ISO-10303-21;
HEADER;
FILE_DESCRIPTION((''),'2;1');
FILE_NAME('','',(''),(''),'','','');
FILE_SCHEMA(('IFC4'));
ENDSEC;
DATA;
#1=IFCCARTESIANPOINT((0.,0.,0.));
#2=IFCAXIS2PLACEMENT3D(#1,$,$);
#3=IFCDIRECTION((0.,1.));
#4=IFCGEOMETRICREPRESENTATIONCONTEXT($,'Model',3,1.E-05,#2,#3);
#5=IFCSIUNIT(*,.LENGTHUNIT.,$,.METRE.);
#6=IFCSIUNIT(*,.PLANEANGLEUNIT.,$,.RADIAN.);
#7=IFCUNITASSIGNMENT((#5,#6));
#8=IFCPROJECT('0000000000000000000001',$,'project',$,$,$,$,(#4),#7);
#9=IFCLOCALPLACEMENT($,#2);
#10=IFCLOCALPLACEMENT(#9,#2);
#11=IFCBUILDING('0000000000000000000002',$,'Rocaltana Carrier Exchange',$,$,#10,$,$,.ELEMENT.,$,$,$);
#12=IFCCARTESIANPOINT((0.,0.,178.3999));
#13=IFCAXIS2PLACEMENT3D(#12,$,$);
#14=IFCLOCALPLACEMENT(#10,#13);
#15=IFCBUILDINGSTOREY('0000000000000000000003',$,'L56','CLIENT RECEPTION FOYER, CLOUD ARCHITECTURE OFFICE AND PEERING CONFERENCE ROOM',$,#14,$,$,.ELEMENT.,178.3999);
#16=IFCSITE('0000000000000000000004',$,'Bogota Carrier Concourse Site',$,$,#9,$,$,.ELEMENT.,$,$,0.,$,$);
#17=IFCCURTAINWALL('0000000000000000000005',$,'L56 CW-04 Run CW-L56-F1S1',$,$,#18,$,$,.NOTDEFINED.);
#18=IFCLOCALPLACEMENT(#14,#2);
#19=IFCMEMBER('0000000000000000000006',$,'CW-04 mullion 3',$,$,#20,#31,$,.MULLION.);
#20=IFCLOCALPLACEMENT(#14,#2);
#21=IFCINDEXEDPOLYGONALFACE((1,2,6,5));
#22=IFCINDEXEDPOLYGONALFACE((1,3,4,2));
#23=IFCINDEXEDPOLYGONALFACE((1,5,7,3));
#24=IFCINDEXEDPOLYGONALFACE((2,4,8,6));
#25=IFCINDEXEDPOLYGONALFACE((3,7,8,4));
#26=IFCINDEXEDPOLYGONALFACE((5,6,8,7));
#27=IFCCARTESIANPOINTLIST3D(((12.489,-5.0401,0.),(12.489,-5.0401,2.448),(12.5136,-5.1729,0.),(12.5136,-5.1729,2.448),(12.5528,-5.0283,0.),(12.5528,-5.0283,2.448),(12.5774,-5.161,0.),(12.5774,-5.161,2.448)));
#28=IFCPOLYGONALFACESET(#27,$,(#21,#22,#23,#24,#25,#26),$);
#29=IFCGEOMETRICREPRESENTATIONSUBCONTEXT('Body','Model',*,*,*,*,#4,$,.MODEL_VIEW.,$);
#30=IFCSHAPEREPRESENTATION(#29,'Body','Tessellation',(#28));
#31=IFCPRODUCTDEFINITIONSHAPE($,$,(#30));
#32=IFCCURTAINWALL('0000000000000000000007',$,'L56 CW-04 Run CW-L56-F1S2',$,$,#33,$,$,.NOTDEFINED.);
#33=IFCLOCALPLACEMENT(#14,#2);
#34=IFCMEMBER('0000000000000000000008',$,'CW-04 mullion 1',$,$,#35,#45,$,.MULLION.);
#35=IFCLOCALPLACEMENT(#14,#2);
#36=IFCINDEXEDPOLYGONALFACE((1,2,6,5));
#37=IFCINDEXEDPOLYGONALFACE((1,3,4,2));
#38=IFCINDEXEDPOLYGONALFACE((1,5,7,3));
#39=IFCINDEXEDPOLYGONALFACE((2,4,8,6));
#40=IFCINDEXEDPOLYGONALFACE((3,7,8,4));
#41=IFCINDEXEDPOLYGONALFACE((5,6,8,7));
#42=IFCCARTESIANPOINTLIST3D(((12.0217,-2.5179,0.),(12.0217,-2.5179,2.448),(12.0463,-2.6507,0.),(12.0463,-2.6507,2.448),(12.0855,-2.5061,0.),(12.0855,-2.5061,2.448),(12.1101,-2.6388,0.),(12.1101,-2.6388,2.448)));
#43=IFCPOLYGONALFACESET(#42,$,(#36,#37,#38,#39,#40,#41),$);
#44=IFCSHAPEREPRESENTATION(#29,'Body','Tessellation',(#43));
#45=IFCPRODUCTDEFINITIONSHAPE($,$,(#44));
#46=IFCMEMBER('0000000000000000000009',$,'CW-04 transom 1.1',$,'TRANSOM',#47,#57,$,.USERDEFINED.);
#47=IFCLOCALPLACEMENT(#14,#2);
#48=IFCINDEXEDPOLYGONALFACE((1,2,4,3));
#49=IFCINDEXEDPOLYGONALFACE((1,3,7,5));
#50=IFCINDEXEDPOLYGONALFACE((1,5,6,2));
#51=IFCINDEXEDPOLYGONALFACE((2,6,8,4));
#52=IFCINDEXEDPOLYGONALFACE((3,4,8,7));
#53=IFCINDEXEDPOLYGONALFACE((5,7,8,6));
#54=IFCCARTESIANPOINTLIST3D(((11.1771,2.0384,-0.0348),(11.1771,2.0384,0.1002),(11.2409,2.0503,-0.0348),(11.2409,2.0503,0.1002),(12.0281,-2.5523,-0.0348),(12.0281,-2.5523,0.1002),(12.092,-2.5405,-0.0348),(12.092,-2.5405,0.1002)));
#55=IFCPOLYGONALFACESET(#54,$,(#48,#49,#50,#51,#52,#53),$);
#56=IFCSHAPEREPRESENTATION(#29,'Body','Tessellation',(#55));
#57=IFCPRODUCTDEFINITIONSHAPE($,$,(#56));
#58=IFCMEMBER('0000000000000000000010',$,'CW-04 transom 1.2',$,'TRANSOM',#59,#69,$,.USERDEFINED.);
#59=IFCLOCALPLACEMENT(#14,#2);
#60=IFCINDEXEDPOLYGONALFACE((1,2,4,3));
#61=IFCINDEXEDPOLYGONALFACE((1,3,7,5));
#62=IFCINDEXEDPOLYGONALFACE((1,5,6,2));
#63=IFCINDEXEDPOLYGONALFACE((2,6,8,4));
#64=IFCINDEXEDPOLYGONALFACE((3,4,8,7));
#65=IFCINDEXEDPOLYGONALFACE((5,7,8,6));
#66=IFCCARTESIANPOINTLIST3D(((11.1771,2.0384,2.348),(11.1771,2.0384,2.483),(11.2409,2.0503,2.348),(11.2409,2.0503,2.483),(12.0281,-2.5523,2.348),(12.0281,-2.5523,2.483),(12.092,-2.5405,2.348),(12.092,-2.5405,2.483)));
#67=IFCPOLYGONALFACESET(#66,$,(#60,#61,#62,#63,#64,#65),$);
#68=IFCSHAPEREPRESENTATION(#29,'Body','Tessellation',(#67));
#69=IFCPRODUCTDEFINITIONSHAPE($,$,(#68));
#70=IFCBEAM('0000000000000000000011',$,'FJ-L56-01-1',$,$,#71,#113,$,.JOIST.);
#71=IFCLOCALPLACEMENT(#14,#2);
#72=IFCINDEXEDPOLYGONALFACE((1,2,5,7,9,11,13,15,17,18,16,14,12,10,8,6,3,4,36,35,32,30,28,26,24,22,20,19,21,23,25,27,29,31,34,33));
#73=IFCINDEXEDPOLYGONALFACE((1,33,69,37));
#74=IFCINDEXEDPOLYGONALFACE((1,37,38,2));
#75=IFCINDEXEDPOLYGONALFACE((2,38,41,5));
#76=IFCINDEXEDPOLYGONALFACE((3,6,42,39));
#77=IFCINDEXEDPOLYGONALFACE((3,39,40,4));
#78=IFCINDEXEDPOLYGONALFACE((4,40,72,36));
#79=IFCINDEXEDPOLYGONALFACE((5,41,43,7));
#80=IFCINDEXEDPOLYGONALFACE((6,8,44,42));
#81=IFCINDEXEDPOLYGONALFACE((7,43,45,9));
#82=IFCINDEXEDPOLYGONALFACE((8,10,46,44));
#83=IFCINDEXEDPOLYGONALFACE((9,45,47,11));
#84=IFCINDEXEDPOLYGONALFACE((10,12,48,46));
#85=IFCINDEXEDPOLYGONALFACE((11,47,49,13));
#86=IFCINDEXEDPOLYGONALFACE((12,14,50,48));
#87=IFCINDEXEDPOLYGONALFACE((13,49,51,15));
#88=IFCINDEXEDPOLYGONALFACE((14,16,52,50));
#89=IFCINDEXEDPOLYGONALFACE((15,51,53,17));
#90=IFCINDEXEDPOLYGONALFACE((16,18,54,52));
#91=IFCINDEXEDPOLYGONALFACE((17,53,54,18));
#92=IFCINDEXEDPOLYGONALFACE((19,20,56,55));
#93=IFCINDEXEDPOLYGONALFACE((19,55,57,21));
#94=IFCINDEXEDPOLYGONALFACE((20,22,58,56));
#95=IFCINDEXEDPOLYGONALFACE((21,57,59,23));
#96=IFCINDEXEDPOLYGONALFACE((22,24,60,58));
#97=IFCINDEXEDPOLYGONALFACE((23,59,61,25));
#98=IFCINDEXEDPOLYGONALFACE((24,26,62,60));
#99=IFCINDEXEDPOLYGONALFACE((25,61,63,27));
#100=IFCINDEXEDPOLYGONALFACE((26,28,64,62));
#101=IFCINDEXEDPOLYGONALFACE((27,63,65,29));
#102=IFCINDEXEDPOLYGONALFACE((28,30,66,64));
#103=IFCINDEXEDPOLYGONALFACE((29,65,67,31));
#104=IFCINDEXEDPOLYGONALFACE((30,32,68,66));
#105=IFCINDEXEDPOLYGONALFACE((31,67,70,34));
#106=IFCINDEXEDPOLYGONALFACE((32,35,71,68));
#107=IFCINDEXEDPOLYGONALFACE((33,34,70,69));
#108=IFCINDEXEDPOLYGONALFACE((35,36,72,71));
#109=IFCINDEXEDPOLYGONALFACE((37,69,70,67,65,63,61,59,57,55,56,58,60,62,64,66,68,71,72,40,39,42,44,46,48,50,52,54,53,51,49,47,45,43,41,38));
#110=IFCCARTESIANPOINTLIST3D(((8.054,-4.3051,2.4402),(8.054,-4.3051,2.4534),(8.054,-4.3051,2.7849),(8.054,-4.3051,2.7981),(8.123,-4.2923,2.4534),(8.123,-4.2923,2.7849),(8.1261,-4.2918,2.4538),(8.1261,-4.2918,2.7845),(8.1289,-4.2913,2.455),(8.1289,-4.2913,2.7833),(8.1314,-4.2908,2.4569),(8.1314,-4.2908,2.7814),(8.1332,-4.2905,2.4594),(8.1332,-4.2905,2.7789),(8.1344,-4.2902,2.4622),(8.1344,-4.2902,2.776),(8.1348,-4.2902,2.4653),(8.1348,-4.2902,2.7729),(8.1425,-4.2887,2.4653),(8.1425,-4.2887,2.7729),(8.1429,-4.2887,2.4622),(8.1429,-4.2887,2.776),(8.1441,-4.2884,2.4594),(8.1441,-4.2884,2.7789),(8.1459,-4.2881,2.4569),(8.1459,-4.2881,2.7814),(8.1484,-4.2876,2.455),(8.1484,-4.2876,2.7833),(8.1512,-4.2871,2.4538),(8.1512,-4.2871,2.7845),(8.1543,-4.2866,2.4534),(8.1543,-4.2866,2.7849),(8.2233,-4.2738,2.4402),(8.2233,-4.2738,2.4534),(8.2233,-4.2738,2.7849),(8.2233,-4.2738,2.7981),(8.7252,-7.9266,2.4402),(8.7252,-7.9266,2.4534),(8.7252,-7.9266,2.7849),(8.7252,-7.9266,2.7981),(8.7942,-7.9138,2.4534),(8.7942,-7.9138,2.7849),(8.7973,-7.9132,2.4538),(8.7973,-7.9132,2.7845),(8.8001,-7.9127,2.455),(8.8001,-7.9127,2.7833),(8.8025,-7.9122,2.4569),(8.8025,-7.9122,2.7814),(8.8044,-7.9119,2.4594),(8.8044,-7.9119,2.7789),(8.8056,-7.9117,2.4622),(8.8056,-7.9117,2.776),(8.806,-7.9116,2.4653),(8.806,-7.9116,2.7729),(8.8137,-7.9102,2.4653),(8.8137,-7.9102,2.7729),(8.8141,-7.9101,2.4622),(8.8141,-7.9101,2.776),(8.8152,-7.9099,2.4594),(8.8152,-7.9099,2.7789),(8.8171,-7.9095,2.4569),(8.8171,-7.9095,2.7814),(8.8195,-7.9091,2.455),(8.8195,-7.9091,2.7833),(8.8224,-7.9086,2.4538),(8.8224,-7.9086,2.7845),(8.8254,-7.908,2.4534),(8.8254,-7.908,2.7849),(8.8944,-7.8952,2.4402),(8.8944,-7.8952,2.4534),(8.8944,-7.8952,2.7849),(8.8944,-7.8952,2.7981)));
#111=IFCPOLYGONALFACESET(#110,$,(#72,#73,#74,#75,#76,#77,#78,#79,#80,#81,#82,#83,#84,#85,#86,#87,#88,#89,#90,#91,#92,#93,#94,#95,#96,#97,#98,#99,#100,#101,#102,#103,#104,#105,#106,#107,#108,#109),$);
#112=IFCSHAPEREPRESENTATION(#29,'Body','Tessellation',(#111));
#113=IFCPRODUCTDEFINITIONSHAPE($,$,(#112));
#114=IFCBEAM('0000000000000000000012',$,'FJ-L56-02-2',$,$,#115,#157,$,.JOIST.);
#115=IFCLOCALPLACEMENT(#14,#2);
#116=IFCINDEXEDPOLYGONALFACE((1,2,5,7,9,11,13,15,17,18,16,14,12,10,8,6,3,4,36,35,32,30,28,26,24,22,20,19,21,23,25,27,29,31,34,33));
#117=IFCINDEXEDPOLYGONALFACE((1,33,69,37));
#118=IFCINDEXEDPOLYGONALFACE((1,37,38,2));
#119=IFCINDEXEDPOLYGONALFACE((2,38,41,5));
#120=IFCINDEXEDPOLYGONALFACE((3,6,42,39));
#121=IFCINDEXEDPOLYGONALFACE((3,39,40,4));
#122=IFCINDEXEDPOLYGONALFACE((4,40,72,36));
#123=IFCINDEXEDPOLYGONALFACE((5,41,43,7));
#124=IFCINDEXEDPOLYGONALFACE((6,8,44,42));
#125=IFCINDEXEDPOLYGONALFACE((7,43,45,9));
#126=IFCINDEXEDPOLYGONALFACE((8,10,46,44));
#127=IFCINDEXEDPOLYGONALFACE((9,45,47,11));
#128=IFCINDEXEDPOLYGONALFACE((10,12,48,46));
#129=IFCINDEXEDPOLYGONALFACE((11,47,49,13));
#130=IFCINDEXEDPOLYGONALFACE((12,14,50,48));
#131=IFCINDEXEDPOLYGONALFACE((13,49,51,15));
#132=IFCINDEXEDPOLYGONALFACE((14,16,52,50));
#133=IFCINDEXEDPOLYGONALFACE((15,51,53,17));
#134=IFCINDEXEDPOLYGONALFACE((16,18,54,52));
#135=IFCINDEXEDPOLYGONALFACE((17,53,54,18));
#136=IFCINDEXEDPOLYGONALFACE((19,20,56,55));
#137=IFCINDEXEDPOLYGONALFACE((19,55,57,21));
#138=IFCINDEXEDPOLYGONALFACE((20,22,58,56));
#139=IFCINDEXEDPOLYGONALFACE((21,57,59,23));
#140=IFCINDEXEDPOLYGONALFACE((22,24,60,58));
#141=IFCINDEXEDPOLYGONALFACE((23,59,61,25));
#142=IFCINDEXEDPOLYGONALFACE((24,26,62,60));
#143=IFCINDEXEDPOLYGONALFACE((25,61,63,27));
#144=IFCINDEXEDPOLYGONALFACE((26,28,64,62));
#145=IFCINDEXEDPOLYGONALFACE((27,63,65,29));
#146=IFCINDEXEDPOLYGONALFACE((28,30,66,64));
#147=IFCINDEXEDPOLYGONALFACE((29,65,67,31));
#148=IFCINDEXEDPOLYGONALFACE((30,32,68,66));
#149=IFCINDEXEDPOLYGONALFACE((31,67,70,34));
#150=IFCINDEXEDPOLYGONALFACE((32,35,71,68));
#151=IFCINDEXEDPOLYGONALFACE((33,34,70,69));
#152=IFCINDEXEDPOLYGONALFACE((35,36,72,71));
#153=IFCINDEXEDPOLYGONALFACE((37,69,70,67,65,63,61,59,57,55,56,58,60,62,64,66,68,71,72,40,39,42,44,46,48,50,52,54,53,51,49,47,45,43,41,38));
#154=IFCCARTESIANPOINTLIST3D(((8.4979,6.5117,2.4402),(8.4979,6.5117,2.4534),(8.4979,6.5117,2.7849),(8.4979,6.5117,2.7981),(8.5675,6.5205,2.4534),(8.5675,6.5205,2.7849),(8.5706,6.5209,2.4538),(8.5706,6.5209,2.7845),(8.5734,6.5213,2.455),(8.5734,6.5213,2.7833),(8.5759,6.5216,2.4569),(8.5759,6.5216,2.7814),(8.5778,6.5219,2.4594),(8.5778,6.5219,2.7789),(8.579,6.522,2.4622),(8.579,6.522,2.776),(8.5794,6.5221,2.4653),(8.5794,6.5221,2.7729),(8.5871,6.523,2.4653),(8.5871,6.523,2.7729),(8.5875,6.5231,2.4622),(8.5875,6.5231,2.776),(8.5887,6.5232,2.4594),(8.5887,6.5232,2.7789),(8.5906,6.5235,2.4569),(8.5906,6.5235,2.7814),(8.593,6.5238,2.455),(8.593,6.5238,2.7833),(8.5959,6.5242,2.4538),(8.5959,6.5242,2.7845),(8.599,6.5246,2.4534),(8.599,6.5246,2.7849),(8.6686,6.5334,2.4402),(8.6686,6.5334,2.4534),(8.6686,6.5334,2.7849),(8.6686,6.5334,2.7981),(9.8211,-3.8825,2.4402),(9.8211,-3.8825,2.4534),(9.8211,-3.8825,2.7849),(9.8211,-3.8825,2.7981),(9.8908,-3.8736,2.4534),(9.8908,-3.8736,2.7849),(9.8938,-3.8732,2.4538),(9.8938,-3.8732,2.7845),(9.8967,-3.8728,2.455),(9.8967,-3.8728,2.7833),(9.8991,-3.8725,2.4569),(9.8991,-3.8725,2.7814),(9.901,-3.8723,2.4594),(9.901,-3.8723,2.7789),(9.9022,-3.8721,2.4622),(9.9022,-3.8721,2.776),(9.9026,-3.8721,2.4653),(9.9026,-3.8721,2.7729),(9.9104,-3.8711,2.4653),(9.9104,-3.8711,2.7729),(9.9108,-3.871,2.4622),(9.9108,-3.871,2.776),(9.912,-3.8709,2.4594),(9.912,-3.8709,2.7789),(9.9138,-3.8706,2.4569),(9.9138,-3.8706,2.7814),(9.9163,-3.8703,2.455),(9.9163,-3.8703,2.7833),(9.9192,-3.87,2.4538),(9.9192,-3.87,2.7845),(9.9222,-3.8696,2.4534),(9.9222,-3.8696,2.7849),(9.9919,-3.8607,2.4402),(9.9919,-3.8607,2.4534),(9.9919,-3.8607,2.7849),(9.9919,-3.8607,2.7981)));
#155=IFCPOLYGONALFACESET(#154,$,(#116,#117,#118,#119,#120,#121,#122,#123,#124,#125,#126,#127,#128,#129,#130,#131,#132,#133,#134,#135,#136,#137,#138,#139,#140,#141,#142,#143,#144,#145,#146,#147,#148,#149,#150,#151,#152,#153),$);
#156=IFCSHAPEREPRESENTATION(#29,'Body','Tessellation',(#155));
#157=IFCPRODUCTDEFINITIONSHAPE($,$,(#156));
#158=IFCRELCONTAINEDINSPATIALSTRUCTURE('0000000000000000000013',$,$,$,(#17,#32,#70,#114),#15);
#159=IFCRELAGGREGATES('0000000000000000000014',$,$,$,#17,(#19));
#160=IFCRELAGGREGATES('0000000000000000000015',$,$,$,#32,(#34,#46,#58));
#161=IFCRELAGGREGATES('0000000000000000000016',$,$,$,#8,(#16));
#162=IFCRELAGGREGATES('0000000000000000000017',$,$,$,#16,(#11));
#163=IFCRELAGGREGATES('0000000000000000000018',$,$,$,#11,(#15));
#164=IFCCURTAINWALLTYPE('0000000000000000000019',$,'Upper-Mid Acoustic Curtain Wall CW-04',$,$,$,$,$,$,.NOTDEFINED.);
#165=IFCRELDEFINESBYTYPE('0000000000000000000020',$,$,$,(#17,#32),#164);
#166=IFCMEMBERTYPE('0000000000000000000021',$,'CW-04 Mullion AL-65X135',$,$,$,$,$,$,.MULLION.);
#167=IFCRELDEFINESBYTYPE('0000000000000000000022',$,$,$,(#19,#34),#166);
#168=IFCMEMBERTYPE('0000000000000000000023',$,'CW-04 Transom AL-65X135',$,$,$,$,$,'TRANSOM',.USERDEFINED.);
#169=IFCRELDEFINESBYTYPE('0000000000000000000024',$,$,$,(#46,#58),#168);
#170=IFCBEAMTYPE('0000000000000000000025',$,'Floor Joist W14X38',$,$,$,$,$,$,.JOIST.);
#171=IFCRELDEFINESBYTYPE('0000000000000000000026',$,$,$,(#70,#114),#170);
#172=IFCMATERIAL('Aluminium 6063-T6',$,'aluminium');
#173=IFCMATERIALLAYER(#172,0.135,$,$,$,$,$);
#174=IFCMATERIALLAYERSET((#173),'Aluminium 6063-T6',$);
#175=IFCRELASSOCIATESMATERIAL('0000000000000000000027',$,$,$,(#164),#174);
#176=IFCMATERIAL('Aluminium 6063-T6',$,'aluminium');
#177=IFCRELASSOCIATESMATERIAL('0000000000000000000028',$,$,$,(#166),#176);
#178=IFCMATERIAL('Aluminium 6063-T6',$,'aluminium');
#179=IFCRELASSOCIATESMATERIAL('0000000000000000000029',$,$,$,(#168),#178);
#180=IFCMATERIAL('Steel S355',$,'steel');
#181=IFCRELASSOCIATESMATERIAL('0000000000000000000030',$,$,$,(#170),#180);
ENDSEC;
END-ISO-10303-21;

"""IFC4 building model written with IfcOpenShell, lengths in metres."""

from ifc_helpers import new_model, si_unit, direction, frame, origin, origin_2d, place, context, subcontext, project, spatial, rectangle, i_section, extrude, material, layer, layer_set, material_profile, profile_set, type_object, element, aggregate, save


model = new_model("IFC4")

# Units and contexts
model_context = context("Model", 3, precision=1e-05, world=origin(), true_north=direction((0.0, 1.0)))
body_context = subcontext(model_context, "Body", "Model", "MODEL_VIEW")
ifc_project = project(units=[si_unit("LENGTHUNIT", "METRE"), si_unit("PLANEANGLEUNIT", "RADIAN")], contexts=[model_context])

# Site, building, storey
site_placement = place(None, origin())
site = spatial("IfcSite", under=ifc_project, at=site_placement, Name="Bogota Carrier Concourse Site", CompositionType="ELEMENT", RefElevation=0.0)
building_placement = place(site_placement, origin())
building = spatial("IfcBuilding", under=site, at=building_placement, Name="Rocaltana Carrier Exchange", CompositionType="ELEMENT")
storey_placement = place(building_placement, frame((0.0, 0.0, 178.3999)))
storey = spatial("IfcBuildingStorey", under=building, at=storey_placement, Name="L56", Description="CLIENT RECEPTION FOYER, CLOUD ARCHITECTURE OFFICE AND PEERING CONFERENCE ROOM", CompositionType="ELEMENT", Elevation=178.3999)

# Curtain wall, member
ifc_material_1 = material(Name="Aluminium 6063-T6", Category="aluminium")
ifc_layer_1 = layer(ifc_material_1, 0.135)
ifc_layer_set_1 = layer_set([ifc_layer_1], Name="Aluminium 6063-T6")
curtain_wall_type = type_object("IfcCurtainWallType", Name="Upper-Mid Acoustic Curtain Wall CW-04", PredefinedType="NOTDEFINED", material=ifc_layer_set_1)
curtain_wall_1_placement = place(storey_placement, origin())
curtain_wall_1 = element("IfcCurtainWall", 1, at=curtain_wall_1_placement, inside=storey, type_object=curtain_wall_type, Name="L56 CW-04 Run CW-L56-F1S1", PredefinedType="NOTDEFINED")
ifc_material_2 = material(Name="Aluminium 6063-T6", Category="aluminium")
ifc_material_profile_1 = material_profile(ifc_material_2, rectangle(XDim=0.0649, YDim=0.135, at=origin_2d()), Name="AL-65X135")
ifc_profile_set_1 = profile_set([ifc_material_profile_1], Name="Aluminium 6063-T6")
member_type_1 = type_object("IfcMemberType", Name="CW-04 Mullion AL-65X135", PredefinedType="MULLION", material=ifc_profile_set_1)
member_1_placement = place(storey_placement, frame((12.5332, -5.1006, 0.0), z_axis=(0.0, 0.0, 1.0), x_axis=(-0.983255, -0.182234, 0.0)))
member_1 = element("IfcMember", 2, at=member_1_placement, type_object=member_type_1, Name="CW-04 mullion 3", PredefinedType="MULLION", context=body_context, shape_type="SweptSolid", body=[
    extrude(rectangle(XDim=0.0649, YDim=0.135, at=origin_2d()), origin(), (0.0, 0.0, 1.0), 2.448),
])

# Curtain wall, members
curtain_wall_2_placement = place(storey_placement, origin())
curtain_wall_2 = element("IfcCurtainWall", 3, at=curtain_wall_2_placement, inside=storey, type_object=curtain_wall_type, Name="L56 CW-04 Run CW-L56-F1S2", PredefinedType="NOTDEFINED")
member_2_placement = place(storey_placement, frame((12.0659, -2.5784, 0.0), z_axis=(0.0, 0.0, 1.0), x_axis=(-0.983255, -0.182236, 0.0)))
member_2 = element("IfcMember", 4, at=member_2_placement, type_object=member_type_1, Name="CW-04 mullion 1", PredefinedType="MULLION", context=body_context, shape_type="SweptSolid", body=[
    extrude(rectangle(XDim=0.0649, YDim=0.135, at=origin_2d()), origin(), (0.0, 0.0, 1.0), 2.448),
])
ifc_material_3 = material(Name="Aluminium 6063-T6", Category="aluminium")
ifc_material_profile_2 = material_profile(ifc_material_3, rectangle(XDim=0.0649, YDim=0.135, at=origin_2d()), Name="AL-65X135")
ifc_profile_set_2 = profile_set([ifc_material_profile_2], Name="Aluminium 6063-T6")
member_type_2 = type_object("IfcMemberType", Name="CW-04 Transom AL-65X135", ElementType="TRANSOM", PredefinedType="USERDEFINED", material=ifc_profile_set_2)
member_3_placement = place(storey_placement, frame((12.0601, -2.5464, 0.0327), z_axis=(-0.18228, 0.983247, 0.0), x_axis=(-0.983247, -0.18228, 0.0)))
member_3 = element("IfcMember", 5, at=member_3_placement, type_object=member_type_2, Name="CW-04 transom 1.1", ObjectType="TRANSOM", PredefinedType="USERDEFINED", context=body_context, shape_type="SweptSolid", body=[
    extrude(rectangle(XDim=0.0649, YDim=0.135, at=origin_2d()), origin(), (0.0, 0.0, 1.0), 4.6689),
])
member_4_placement = place(storey_placement, frame((12.0601, -2.5464, 2.4155), z_axis=(-0.18228, 0.983247, 0.0), x_axis=(-0.983247, -0.18228, 0.0)))
member_4 = element("IfcMember", 6, at=member_4_placement, type_object=member_type_2, Name="CW-04 transom 1.2", ObjectType="TRANSOM", PredefinedType="USERDEFINED", context=body_context, shape_type="SweptSolid", body=[
    extrude(rectangle(XDim=0.0649, YDim=0.135, at=origin_2d()), origin(), (0.0, 0.0, 1.0), 4.6689),
])

# Beams
ifc_material_4 = material(Name="Steel S355", Category="steel")
ifc_material_profile_3 = material_profile(ifc_material_4, i_section(OverallWidth=0.1721, OverallDepth=0.3579, WebThickness=0.0078, FlangeThickness=0.0132, FilletRadius=0.012, at=origin_2d()), Name="W14X38")
ifc_profile_set_3 = profile_set([ifc_material_profile_3], Name="Steel S355")
beam_type_1 = type_object("IfcBeamType", Name="Floor Joist W14X38", PredefinedType="JOIST", material=ifc_profile_set_3)
beam_1_placement = place(storey_placement, frame((8.8098, -7.9109, 2.6191), z_axis=(-0.182227, 0.983256, 0.0), x_axis=(-0.983256, -0.182227, 0.0)))
element("IfcBeam", 7, at=beam_1_placement, inside=storey, type_object=beam_type_1, Name="FJ-L56-01-1", PredefinedType="JOIST", context=body_context, shape_type="SweptSolid", body=[
    extrude(i_section(OverallWidth=0.1721, OverallDepth=0.3579, WebThickness=0.0078, FlangeThickness=0.0132, FilletRadius=0.012, at=origin_2d()), origin(), (0.0, 0.0, 1.0), 3.6831),
])
beam_2_placement = place(storey_placement, frame((9.9065, -3.8716, 2.6191), z_axis=(-0.126288, 0.991994, 0.0), x_axis=(-0.991994, -0.126288, 0.0)))
element("IfcBeam", 8, at=beam_2_placement, inside=storey, type_object=beam_type_1, Name="FJ-L56-02-2", PredefinedType="JOIST", context=body_context, shape_type="SweptSolid", body=[
    extrude(i_section(OverallWidth=0.1721, OverallDepth=0.3579, WebThickness=0.0078, FlangeThickness=0.0132, FilletRadius=0.012, at=origin_2d()), origin(), (0.0, 0.0, 1.0), 10.478),
])

aggregate(curtain_wall_1, [member_1])
aggregate(curtain_wall_2, [member_2, member_3, member_4])

save(model, "model.ifc")
